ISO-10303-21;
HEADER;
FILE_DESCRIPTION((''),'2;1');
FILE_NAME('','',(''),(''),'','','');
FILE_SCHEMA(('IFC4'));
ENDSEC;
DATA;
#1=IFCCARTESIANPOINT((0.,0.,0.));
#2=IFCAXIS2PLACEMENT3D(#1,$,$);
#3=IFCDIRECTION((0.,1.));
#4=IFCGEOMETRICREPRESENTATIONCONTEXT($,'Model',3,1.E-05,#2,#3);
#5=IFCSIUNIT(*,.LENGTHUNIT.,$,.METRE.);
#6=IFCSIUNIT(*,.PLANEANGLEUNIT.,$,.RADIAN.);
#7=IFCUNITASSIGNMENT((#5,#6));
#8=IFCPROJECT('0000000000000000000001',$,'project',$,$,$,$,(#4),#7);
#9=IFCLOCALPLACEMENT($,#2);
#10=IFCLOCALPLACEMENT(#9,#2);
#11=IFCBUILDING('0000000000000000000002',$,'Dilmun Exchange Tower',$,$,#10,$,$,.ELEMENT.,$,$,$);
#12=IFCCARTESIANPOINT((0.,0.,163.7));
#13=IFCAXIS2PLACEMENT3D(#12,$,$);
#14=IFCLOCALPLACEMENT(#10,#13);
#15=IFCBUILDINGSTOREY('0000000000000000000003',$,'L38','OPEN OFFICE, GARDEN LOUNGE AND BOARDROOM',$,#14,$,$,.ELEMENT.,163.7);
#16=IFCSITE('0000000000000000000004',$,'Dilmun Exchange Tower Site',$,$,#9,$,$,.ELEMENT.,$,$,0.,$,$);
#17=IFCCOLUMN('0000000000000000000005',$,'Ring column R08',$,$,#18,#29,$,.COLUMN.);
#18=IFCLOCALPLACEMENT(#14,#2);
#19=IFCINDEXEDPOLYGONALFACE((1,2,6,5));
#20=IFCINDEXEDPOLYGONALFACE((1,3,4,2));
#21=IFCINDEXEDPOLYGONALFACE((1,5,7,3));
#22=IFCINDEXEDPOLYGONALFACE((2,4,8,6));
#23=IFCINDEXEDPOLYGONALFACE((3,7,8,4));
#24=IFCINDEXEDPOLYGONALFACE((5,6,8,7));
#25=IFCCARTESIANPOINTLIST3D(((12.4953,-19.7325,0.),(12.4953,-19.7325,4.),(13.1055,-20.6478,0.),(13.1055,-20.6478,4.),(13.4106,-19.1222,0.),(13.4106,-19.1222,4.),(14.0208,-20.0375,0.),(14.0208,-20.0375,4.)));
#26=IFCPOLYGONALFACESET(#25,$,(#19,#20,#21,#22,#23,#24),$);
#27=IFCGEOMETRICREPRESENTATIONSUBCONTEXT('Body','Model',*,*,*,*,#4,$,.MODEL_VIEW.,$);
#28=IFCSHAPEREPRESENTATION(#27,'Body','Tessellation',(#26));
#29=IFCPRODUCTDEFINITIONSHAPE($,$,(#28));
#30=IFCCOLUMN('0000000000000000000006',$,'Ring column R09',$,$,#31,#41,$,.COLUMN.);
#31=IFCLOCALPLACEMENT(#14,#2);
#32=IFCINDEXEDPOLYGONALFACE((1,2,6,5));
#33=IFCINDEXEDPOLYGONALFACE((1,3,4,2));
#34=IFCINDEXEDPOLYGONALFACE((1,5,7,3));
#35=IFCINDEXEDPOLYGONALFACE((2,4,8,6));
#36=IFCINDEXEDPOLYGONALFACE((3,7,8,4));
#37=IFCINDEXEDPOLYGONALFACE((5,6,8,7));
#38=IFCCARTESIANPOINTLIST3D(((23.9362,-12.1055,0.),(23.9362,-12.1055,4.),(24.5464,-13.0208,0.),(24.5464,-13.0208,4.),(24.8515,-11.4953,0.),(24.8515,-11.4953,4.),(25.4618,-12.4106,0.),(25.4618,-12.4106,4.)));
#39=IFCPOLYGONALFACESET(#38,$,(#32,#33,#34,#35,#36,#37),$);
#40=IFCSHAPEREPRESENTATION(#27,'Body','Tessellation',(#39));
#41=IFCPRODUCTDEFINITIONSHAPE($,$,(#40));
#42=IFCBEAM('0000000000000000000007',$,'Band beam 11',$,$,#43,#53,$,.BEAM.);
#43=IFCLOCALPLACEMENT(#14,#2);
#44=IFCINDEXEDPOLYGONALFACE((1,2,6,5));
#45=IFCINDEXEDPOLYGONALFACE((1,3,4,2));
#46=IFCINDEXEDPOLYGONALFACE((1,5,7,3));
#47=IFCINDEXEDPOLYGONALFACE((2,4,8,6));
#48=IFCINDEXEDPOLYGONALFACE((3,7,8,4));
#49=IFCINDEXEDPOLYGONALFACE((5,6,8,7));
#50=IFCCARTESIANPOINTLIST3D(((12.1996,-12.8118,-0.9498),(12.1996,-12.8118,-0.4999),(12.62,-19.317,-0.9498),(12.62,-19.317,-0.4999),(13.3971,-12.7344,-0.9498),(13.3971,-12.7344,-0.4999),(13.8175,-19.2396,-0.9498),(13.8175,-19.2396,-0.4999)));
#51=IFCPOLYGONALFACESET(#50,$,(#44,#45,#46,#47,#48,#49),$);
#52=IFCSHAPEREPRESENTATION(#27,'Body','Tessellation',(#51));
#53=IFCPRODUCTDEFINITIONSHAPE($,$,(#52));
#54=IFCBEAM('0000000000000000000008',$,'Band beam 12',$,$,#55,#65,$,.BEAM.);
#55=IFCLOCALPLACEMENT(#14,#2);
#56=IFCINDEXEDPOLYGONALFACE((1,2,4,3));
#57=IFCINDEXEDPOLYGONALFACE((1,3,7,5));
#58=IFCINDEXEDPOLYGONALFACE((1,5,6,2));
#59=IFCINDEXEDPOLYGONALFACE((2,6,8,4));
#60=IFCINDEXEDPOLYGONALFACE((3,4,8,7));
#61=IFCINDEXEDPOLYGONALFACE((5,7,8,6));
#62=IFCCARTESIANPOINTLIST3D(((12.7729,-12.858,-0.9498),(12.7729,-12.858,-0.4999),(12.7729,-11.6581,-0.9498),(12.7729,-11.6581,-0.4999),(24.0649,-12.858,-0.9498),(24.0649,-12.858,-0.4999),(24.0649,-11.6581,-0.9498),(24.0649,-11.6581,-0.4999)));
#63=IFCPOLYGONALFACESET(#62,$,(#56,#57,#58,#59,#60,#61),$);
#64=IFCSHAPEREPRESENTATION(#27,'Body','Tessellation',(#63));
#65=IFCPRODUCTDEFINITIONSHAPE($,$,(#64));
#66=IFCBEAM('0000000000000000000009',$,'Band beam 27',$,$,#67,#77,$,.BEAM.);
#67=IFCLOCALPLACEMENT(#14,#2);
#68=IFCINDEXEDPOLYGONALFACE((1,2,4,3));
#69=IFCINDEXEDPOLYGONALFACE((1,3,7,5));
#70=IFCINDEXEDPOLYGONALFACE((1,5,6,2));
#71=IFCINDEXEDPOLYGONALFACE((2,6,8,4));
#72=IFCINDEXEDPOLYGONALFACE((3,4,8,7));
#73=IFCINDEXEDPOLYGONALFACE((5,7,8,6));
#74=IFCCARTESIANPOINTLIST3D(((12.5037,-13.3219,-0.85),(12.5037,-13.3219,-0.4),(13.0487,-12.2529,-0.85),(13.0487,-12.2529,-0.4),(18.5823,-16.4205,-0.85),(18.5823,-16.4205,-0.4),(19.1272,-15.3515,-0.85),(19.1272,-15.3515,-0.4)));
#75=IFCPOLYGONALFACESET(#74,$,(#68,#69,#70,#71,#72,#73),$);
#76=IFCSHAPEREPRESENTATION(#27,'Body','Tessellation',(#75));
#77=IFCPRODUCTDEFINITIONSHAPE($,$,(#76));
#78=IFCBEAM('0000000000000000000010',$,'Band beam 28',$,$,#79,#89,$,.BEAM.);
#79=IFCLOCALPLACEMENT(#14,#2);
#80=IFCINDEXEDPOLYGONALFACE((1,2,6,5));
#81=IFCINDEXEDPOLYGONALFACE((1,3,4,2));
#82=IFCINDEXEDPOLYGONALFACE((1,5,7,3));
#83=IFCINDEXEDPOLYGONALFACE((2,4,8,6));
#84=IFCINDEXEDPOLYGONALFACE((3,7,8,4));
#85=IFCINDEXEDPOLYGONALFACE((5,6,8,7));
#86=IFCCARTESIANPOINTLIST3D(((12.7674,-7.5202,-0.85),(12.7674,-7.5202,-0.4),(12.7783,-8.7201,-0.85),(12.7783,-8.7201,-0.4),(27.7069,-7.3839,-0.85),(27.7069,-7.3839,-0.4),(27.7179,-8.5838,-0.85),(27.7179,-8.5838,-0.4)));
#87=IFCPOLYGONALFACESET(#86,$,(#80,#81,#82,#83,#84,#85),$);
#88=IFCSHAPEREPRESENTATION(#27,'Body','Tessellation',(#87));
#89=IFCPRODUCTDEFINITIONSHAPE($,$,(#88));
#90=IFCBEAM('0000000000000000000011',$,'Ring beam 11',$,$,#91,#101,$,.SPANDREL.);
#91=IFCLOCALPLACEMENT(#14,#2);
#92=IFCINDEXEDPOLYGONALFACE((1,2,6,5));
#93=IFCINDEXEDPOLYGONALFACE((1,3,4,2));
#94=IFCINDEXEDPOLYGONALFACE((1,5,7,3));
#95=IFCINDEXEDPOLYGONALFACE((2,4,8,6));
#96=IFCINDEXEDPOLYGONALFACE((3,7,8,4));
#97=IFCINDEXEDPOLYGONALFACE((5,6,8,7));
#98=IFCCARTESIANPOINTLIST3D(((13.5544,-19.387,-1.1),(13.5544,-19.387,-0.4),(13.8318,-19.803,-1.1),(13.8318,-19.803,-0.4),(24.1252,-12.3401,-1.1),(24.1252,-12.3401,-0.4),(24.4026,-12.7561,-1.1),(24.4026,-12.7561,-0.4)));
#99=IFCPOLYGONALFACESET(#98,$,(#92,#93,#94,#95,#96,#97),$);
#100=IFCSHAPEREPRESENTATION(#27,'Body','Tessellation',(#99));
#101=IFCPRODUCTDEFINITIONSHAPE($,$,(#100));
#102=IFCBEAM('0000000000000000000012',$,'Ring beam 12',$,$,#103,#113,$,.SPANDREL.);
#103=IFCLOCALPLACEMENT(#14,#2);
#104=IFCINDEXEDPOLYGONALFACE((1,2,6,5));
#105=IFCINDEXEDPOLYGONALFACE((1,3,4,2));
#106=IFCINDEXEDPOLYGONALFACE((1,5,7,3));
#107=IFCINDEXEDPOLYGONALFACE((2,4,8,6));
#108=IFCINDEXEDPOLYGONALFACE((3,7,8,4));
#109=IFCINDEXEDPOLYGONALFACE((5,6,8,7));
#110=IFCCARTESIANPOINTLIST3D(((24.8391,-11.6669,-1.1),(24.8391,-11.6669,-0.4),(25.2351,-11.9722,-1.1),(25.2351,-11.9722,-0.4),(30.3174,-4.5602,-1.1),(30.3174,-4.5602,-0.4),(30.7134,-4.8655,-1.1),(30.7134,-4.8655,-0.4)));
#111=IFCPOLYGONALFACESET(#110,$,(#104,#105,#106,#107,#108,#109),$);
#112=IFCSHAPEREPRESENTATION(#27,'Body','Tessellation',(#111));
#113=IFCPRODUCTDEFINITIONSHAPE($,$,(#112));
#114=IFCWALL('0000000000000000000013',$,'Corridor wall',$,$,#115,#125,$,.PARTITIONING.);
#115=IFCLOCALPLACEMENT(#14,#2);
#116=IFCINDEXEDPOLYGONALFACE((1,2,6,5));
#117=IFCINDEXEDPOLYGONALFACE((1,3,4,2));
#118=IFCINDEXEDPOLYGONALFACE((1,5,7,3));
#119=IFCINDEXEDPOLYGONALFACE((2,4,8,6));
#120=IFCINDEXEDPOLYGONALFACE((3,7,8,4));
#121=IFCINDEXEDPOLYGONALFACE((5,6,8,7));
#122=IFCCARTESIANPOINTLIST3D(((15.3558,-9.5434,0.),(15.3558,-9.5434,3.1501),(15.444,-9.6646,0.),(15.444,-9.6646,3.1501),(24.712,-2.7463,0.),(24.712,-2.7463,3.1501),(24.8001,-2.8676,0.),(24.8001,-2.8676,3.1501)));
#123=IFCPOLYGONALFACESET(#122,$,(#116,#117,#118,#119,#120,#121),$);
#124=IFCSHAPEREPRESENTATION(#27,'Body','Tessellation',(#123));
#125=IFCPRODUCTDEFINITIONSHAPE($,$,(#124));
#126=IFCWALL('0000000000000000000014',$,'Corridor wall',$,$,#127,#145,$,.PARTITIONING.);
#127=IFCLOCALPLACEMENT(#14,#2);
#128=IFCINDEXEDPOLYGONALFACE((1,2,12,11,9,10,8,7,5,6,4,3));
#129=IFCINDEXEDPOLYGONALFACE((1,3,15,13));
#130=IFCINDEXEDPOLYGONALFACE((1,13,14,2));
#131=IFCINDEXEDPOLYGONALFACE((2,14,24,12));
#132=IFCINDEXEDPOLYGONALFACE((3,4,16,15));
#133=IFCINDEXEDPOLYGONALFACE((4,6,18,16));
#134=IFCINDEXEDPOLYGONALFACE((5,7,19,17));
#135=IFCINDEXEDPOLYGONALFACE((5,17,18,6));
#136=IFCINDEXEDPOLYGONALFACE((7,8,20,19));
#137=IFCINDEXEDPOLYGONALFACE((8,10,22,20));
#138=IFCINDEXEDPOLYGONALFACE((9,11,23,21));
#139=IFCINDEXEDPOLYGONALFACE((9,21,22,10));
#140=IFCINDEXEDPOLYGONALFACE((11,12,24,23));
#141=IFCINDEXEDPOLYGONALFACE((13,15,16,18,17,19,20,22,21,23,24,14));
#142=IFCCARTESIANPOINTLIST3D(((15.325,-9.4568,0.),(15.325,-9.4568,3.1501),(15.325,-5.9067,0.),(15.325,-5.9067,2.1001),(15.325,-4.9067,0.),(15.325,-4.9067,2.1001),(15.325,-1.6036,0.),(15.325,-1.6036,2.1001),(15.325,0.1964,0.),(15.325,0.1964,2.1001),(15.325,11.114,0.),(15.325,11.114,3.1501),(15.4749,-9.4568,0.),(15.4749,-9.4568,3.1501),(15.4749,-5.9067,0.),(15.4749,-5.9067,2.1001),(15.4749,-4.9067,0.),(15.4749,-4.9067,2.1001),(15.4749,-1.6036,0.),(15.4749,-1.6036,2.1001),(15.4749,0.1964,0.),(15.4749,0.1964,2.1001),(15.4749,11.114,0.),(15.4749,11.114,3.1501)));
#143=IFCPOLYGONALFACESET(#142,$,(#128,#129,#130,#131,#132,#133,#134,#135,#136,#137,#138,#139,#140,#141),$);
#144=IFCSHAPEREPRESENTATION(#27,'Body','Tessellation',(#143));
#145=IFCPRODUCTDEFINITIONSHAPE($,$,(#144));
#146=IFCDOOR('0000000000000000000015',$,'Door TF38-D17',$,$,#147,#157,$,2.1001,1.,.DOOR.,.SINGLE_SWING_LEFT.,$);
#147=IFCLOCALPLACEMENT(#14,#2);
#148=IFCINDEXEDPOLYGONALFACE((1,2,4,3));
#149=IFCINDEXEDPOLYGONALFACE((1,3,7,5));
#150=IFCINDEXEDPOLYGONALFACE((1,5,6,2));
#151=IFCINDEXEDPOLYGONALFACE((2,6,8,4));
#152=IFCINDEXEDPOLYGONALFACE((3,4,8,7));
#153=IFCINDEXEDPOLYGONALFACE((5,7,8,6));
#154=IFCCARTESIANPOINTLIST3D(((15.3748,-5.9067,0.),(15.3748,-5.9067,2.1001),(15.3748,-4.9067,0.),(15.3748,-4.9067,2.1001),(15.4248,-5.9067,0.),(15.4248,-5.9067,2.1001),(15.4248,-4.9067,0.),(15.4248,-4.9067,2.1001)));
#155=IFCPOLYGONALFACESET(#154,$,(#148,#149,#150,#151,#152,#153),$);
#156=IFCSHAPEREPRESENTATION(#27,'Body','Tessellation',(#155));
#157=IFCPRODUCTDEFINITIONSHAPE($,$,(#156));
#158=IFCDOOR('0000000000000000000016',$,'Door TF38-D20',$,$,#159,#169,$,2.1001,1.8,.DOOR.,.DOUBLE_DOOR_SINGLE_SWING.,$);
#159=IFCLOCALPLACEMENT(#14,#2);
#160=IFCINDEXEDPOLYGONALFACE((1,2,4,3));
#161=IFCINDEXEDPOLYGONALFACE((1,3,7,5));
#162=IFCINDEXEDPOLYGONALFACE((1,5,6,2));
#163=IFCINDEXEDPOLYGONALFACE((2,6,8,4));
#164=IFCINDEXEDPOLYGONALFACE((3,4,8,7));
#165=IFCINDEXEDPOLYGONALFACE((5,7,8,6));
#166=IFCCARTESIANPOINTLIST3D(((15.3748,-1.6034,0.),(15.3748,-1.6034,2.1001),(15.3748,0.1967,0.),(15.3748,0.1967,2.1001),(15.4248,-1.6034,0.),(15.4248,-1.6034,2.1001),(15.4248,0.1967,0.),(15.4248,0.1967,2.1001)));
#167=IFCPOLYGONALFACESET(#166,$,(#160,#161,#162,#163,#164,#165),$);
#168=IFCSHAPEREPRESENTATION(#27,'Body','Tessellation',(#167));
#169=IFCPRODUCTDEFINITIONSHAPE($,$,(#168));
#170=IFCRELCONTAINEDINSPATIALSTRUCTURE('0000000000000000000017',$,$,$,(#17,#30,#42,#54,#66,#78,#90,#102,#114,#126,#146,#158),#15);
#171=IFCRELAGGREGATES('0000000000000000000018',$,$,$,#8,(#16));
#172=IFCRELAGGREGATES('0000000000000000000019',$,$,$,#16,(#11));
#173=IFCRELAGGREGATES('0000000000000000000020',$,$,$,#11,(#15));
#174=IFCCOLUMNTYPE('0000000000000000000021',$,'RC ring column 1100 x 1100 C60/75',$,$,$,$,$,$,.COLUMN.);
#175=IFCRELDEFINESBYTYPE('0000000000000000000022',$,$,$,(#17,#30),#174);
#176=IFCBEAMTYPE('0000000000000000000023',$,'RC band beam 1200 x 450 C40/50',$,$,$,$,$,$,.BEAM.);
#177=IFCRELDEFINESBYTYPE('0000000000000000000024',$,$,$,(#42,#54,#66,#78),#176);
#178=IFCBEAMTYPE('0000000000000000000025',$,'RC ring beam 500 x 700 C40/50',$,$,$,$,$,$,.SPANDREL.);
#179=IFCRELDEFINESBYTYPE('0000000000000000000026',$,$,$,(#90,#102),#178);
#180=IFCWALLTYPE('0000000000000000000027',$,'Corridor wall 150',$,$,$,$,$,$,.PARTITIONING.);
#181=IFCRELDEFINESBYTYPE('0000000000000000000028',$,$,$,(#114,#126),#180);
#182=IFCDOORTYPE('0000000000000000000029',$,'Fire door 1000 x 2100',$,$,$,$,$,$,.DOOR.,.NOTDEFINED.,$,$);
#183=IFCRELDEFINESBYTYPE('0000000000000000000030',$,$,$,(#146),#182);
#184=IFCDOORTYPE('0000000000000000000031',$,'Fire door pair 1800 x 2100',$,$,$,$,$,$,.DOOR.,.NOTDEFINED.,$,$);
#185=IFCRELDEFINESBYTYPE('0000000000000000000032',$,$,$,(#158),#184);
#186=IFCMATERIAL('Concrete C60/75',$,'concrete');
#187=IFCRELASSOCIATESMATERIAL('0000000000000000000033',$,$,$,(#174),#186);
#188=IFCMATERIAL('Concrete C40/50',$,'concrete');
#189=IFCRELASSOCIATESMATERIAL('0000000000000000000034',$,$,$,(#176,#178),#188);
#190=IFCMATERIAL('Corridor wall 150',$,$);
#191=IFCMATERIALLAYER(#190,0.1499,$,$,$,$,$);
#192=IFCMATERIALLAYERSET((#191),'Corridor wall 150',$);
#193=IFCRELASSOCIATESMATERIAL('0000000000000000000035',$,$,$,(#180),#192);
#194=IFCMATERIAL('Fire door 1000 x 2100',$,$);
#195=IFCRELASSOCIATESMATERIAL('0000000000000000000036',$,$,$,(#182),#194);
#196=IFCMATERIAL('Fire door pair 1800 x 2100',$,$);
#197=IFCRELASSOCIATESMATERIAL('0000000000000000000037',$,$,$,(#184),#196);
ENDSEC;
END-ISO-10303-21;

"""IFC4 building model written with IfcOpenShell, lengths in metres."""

from ifc_helpers import new_model, si_unit, direction, frame, frame_2d, origin, origin_2d, place, context, subcontext, project, spatial, rectangle, extrude, material, layer, layer_set, material_profile, profile_set, type_object, element, fill, save


model = new_model("IFC4")

# Units and contexts
model_context = context("Model", 3, precision=1e-05, world=origin(), true_north=direction((0.0, 1.0)))
body_context = subcontext(model_context, "Body", "Model", "MODEL_VIEW")
ifc_project = project(units=[si_unit("LENGTHUNIT", "METRE"), si_unit("PLANEANGLEUNIT", "RADIAN")], contexts=[model_context])

# Site, building, storey
site_placement = place(None, origin())
site = spatial("IfcSite", under=ifc_project, at=site_placement, Name="Dilmun Exchange Tower Site", CompositionType="ELEMENT", RefElevation=0.0)
building_placement = place(site_placement, origin())
building = spatial("IfcBuilding", under=site, at=building_placement, Name="Dilmun Exchange Tower", CompositionType="ELEMENT")
storey_placement = place(building_placement, frame((0.0, 0.0, 163.7)))
storey = spatial("IfcBuildingStorey", under=building, at=storey_placement, Name="L38", Description="OPEN OFFICE, GARDEN LOUNGE AND BOARDROOM", CompositionType="ELEMENT", Elevation=163.7)

# Columns
ifc_material_1 = material(Name="Concrete C60/75", Category="concrete")
ifc_material_profile_1 = material_profile(ifc_material_1, rectangle(XDim=1.1001, YDim=1.1001, at=origin_2d()), Name="1100 x 1100")
ifc_profile_set_1 = profile_set([ifc_material_profile_1], Name="Concrete C60/75")
column_type = type_object("IfcColumnType", Name="RC ring column 1100 x 1100 C60/75", PredefinedType="COLUMN", material=ifc_profile_set_1)
for number, where, z_axis, x_axis, name in (
    (1, (13.2581, -19.885, 0.0), (0.0, 0.0, 1.0), (0.832029, 0.554733, 0.0), "Ring column R08"),
    (2, (24.699, -12.2581, 0.0), (0.0, 0.0, 1.0), (0.832029, 0.554733, 0.0), "Ring column R09"),
):
    element("IfcColumn", number, at=place(storey_placement, frame(where, z_axis=z_axis, x_axis=x_axis)), inside=storey, type_object=column_type, Name=name, PredefinedType="COLUMN", context=body_context, shape_type="SweptSolid", body=[
        extrude(rectangle(XDim=1.1001, YDim=1.1001, at=origin_2d()), origin(), (0.0, 0.0, 1.0), 4.0),
    ])

# Beams
ifc_material_2 = material(Name="Concrete C40/50", Category="concrete")
ifc_material_profile_2 = material_profile(ifc_material_2, rectangle(XDim=1.2, YDim=0.45, at=origin_2d()), Name="1200 x 450")
ifc_profile_set_2 = profile_set([ifc_material_profile_2], Name="Concrete C40/50")
beam_type_1 = type_object("IfcBeamType", Name="RC band beam 1200 x 450 C40/50", PredefinedType="BEAM", material=ifc_profile_set_2)
beam_1_placement = place(storey_placement, frame((13.2188, -19.2783, -0.7249), z_axis=(-0.064493, 0.997918, 0.0), x_axis=(-0.997918, -0.064493, 0.0)))
element("IfcBeam", 3, at=beam_1_placement, inside=storey, type_object=beam_type_1, Name="Band beam 11", PredefinedType="BEAM", context=body_context, shape_type="SweptSolid", body=[
    extrude(rectangle(XDim=1.2, YDim=0.45, at=origin_2d()), origin(), (0.0, 0.0, 1.0), 6.5188),
])
beam_2_placement = place(storey_placement, frame((24.0649, -12.2581, -0.7249), z_axis=(-1.0, 0.0, 0.0), x_axis=(0.0, -1.0, 0.0)))
element("IfcBeam", 4, at=beam_2_placement, inside=storey, type_object=beam_type_1, Name="Band beam 12", PredefinedType="BEAM", context=body_context, shape_type="SweptSolid", body=[
    extrude(rectangle(XDim=1.2, YDim=0.45, at=origin_2d()), origin(), (0.0, 0.0, 1.0), 11.292),
])
beam_3_placement = place(storey_placement, frame((18.8547, -15.886, -0.625), z_axis=(-0.890922, 0.454156, 0.0), x_axis=(-0.454156, -0.890922, 0.0)))
element("IfcBeam", 5, at=beam_3_placement, inside=storey, type_object=beam_type_1, Name="Band beam 27", PredefinedType="BEAM", context=body_context, shape_type="SweptSolid", body=[
    extrude(rectangle(XDim=1.2, YDim=0.45, at=origin_2d()), origin(), (0.0, 0.0, 1.0), 6.8228),
])
beam_4_placement = place(storey_placement, frame((27.7124, -7.9839, -0.625), z_axis=(-0.999958, -0.009118, 0.0), x_axis=(0.009118, -0.999958, 0.0)))
element("IfcBeam", 6, at=beam_4_placement, inside=storey, type_object=beam_type_1, Name="Band beam 28", PredefinedType="BEAM", context=body_context, shape_type="SweptSolid", body=[
    extrude(rectangle(XDim=1.2, YDim=0.45, at=origin_2d()), origin(), (0.0, 0.0, 1.0), 14.9402),
])
ifc_material_profile_3 = material_profile(ifc_material_2, rectangle(XDim=0.5, YDim=0.7, at=origin_2d()), Name="500 x 700")
ifc_profile_set_3 = profile_set([ifc_material_profile_3], Name="Concrete C40/50")
beam_type_2 = type_object("IfcBeamType", Name="RC ring beam 500 x 700 C40/50", PredefinedType="SPANDREL", material=ifc_profile_set_3)
beam_5_placement = place(storey_placement, frame((13.6931, -19.595, -0.75), z_axis=(0.832062, 0.554682, 0.0), x_axis=(-0.554682, 0.832062, 0.0)))
element("IfcBeam", 7, at=beam_5_placement, inside=storey, type_object=beam_type_2, Name="Ring beam 11", PredefinedType="SPANDREL", context=body_context, shape_type="SweptSolid", body=[
    extrude(rectangle(XDim=0.5, YDim=0.7, at=origin_2d()), origin(), (0.0, 0.0, 1.0), 12.7043),
])
beam_6_placement = place(storey_placement, frame((25.0371, -11.8196, -0.75), z_axis=(0.610522, 0.792, 0.0), x_axis=(-0.792, 0.610522, 0.0)))
element("IfcBeam", 8, at=beam_6_placement, inside=storey, type_object=beam_type_2, Name="Ring beam 12", PredefinedType="SPANDREL", context=body_context, shape_type="SweptSolid", body=[
    extrude(rectangle(XDim=0.5, YDim=0.7, at=origin_2d()), origin(), (0.0, 0.0, 1.0), 8.9731),
])

# Wall
ifc_material_3 = material(Name="Corridor wall 150")
ifc_layer_1 = layer(ifc_material_3, 0.1499)
ifc_layer_set_1 = layer_set([ifc_layer_1], Name="Corridor wall 150")
wall_type_1 = type_object("IfcWallType", Name="Corridor wall 150", PredefinedType="PARTITIONING", material=ifc_layer_set_1)
wall_1_placement = place(storey_placement, frame((15.3999, -9.604, 0.0), z_axis=(0.0, 0.0, 1.0), x_axis=(0.80904, 0.587754, 0.0)))
element("IfcWall", 9, at=wall_1_placement, inside=storey, type_object=wall_type_1, Name="Corridor wall", PredefinedType="PARTITIONING", context=body_context, shape_type="SweptSolid", body=[
    extrude(rectangle(XDim=11.5645, YDim=0.1499, at=frame_2d((5.7822, 0.0))), origin(), (0.0, 0.0, 1.0), 3.1501),
])

# Wall, openings, doors
wall_2_placement = place(storey_placement, frame((15.3999, -9.4568, 0.0), z_axis=(0.0, 0.0, 1.0), x_axis=(0.0, 1.0, 0.0)))
wall_2 = element("IfcWall", 10, at=wall_2_placement, inside=storey, type_object=wall_type_1, Name="Corridor wall", PredefinedType="PARTITIONING", context=body_context, shape_type="SweptSolid", body=[
    extrude(rectangle(XDim=20.5708, YDim=0.1499, at=frame_2d((10.2854, 0.0))), origin(), (0.0, 0.0, 1.0), 3.1501),
])
opening_1_placement = place(wall_2_placement, frame((3.55, 0.0, 0.0)))
opening_1 = element("IfcOpeningElement", 11, at=opening_1_placement, cuts=wall_2, PredefinedType="OPENING", context=body_context, shape_type="SweptSolid", body=[
    extrude(rectangle(XDim=1.0, YDim=2.1001, at=frame_2d((0.5, 1.05))), frame((0.0, 0.085, 0.0), z_axis=(0.0, -1.0, 0.0), x_axis=(1.0, 0.0, 0.0)), (0.0, 0.0, 1.0), 0.1699),
])
opening_2_placement = place(wall_2_placement, frame((7.8533, 0.0, 0.0)))
opening_2 = element("IfcOpeningElement", 12, at=opening_2_placement, cuts=wall_2, PredefinedType="OPENING", context=body_context, shape_type="SweptSolid", body=[
    extrude(rectangle(XDim=1.8, YDim=2.1001, at=frame_2d((0.8999, 1.05))), frame((0.0, 0.085, 0.0), z_axis=(0.0, -1.0, 0.0), x_axis=(1.0, 0.0, 0.0)), (0.0, 0.0, 1.0), 0.1699),
])
ifc_material_4 = material(Name="Fire door 1000 x 2100")
door_type_1 = type_object("IfcDoorType", Name="Fire door 1000 x 2100", OperationType="NOTDEFINED", PredefinedType="DOOR", material=ifc_material_4)
door_1_placement = place(opening_1_placement, frame((1.0, 0.0, 0.0), z_axis=(0.0, 0.0, 1.0), x_axis=(-1.0, 0.0, 0.0)))
door_1 = element("IfcDoor", 13, at=door_1_placement, inside=storey, type_object=door_type_1, Name="Door TF38-D17", OperationType="SINGLE_SWING_LEFT", OverallHeight=2.1001, OverallWidth=1.0, PredefinedType="DOOR", context=body_context, shape_type="SweptSolid", body=[
    extrude(rectangle(XDim=1.0, YDim=2.1001, at=frame_2d((0.5, 1.05))), frame((0.0, 0.0249, 0.0), z_axis=(0.0, -1.0, 0.0), x_axis=(1.0, 0.0, 0.0)), (0.0, 0.0, 1.0), 0.05),
])
fill(opening_1, door_1)
ifc_material_5 = material(Name="Fire door pair 1800 x 2100")
door_type_2 = type_object("IfcDoorType", Name="Fire door pair 1800 x 2100", OperationType="NOTDEFINED", PredefinedType="DOOR", material=ifc_material_5)
door_2_placement = place(opening_2_placement, frame((1.8, 0.0, 0.0), z_axis=(0.0, 0.0, 1.0), x_axis=(-1.0, 0.0, 0.0)))
door_2 = element("IfcDoor", 14, at=door_2_placement, inside=storey, type_object=door_type_2, Name="Door TF38-D20", OperationType="DOUBLE_DOOR_SINGLE_SWING", OverallHeight=2.1001, OverallWidth=1.8, PredefinedType="DOOR", context=body_context, shape_type="SweptSolid", body=[
    extrude(rectangle(XDim=1.8, YDim=2.1001, at=frame_2d((0.8999, 1.05))), frame((0.0, 0.0249, 0.0), z_axis=(0.0, -1.0, 0.0), x_axis=(1.0, 0.0, 0.0)), (0.0, 0.0, 1.0), 0.05),
])
fill(opening_2, door_2)

save(model, "model.ifc")
